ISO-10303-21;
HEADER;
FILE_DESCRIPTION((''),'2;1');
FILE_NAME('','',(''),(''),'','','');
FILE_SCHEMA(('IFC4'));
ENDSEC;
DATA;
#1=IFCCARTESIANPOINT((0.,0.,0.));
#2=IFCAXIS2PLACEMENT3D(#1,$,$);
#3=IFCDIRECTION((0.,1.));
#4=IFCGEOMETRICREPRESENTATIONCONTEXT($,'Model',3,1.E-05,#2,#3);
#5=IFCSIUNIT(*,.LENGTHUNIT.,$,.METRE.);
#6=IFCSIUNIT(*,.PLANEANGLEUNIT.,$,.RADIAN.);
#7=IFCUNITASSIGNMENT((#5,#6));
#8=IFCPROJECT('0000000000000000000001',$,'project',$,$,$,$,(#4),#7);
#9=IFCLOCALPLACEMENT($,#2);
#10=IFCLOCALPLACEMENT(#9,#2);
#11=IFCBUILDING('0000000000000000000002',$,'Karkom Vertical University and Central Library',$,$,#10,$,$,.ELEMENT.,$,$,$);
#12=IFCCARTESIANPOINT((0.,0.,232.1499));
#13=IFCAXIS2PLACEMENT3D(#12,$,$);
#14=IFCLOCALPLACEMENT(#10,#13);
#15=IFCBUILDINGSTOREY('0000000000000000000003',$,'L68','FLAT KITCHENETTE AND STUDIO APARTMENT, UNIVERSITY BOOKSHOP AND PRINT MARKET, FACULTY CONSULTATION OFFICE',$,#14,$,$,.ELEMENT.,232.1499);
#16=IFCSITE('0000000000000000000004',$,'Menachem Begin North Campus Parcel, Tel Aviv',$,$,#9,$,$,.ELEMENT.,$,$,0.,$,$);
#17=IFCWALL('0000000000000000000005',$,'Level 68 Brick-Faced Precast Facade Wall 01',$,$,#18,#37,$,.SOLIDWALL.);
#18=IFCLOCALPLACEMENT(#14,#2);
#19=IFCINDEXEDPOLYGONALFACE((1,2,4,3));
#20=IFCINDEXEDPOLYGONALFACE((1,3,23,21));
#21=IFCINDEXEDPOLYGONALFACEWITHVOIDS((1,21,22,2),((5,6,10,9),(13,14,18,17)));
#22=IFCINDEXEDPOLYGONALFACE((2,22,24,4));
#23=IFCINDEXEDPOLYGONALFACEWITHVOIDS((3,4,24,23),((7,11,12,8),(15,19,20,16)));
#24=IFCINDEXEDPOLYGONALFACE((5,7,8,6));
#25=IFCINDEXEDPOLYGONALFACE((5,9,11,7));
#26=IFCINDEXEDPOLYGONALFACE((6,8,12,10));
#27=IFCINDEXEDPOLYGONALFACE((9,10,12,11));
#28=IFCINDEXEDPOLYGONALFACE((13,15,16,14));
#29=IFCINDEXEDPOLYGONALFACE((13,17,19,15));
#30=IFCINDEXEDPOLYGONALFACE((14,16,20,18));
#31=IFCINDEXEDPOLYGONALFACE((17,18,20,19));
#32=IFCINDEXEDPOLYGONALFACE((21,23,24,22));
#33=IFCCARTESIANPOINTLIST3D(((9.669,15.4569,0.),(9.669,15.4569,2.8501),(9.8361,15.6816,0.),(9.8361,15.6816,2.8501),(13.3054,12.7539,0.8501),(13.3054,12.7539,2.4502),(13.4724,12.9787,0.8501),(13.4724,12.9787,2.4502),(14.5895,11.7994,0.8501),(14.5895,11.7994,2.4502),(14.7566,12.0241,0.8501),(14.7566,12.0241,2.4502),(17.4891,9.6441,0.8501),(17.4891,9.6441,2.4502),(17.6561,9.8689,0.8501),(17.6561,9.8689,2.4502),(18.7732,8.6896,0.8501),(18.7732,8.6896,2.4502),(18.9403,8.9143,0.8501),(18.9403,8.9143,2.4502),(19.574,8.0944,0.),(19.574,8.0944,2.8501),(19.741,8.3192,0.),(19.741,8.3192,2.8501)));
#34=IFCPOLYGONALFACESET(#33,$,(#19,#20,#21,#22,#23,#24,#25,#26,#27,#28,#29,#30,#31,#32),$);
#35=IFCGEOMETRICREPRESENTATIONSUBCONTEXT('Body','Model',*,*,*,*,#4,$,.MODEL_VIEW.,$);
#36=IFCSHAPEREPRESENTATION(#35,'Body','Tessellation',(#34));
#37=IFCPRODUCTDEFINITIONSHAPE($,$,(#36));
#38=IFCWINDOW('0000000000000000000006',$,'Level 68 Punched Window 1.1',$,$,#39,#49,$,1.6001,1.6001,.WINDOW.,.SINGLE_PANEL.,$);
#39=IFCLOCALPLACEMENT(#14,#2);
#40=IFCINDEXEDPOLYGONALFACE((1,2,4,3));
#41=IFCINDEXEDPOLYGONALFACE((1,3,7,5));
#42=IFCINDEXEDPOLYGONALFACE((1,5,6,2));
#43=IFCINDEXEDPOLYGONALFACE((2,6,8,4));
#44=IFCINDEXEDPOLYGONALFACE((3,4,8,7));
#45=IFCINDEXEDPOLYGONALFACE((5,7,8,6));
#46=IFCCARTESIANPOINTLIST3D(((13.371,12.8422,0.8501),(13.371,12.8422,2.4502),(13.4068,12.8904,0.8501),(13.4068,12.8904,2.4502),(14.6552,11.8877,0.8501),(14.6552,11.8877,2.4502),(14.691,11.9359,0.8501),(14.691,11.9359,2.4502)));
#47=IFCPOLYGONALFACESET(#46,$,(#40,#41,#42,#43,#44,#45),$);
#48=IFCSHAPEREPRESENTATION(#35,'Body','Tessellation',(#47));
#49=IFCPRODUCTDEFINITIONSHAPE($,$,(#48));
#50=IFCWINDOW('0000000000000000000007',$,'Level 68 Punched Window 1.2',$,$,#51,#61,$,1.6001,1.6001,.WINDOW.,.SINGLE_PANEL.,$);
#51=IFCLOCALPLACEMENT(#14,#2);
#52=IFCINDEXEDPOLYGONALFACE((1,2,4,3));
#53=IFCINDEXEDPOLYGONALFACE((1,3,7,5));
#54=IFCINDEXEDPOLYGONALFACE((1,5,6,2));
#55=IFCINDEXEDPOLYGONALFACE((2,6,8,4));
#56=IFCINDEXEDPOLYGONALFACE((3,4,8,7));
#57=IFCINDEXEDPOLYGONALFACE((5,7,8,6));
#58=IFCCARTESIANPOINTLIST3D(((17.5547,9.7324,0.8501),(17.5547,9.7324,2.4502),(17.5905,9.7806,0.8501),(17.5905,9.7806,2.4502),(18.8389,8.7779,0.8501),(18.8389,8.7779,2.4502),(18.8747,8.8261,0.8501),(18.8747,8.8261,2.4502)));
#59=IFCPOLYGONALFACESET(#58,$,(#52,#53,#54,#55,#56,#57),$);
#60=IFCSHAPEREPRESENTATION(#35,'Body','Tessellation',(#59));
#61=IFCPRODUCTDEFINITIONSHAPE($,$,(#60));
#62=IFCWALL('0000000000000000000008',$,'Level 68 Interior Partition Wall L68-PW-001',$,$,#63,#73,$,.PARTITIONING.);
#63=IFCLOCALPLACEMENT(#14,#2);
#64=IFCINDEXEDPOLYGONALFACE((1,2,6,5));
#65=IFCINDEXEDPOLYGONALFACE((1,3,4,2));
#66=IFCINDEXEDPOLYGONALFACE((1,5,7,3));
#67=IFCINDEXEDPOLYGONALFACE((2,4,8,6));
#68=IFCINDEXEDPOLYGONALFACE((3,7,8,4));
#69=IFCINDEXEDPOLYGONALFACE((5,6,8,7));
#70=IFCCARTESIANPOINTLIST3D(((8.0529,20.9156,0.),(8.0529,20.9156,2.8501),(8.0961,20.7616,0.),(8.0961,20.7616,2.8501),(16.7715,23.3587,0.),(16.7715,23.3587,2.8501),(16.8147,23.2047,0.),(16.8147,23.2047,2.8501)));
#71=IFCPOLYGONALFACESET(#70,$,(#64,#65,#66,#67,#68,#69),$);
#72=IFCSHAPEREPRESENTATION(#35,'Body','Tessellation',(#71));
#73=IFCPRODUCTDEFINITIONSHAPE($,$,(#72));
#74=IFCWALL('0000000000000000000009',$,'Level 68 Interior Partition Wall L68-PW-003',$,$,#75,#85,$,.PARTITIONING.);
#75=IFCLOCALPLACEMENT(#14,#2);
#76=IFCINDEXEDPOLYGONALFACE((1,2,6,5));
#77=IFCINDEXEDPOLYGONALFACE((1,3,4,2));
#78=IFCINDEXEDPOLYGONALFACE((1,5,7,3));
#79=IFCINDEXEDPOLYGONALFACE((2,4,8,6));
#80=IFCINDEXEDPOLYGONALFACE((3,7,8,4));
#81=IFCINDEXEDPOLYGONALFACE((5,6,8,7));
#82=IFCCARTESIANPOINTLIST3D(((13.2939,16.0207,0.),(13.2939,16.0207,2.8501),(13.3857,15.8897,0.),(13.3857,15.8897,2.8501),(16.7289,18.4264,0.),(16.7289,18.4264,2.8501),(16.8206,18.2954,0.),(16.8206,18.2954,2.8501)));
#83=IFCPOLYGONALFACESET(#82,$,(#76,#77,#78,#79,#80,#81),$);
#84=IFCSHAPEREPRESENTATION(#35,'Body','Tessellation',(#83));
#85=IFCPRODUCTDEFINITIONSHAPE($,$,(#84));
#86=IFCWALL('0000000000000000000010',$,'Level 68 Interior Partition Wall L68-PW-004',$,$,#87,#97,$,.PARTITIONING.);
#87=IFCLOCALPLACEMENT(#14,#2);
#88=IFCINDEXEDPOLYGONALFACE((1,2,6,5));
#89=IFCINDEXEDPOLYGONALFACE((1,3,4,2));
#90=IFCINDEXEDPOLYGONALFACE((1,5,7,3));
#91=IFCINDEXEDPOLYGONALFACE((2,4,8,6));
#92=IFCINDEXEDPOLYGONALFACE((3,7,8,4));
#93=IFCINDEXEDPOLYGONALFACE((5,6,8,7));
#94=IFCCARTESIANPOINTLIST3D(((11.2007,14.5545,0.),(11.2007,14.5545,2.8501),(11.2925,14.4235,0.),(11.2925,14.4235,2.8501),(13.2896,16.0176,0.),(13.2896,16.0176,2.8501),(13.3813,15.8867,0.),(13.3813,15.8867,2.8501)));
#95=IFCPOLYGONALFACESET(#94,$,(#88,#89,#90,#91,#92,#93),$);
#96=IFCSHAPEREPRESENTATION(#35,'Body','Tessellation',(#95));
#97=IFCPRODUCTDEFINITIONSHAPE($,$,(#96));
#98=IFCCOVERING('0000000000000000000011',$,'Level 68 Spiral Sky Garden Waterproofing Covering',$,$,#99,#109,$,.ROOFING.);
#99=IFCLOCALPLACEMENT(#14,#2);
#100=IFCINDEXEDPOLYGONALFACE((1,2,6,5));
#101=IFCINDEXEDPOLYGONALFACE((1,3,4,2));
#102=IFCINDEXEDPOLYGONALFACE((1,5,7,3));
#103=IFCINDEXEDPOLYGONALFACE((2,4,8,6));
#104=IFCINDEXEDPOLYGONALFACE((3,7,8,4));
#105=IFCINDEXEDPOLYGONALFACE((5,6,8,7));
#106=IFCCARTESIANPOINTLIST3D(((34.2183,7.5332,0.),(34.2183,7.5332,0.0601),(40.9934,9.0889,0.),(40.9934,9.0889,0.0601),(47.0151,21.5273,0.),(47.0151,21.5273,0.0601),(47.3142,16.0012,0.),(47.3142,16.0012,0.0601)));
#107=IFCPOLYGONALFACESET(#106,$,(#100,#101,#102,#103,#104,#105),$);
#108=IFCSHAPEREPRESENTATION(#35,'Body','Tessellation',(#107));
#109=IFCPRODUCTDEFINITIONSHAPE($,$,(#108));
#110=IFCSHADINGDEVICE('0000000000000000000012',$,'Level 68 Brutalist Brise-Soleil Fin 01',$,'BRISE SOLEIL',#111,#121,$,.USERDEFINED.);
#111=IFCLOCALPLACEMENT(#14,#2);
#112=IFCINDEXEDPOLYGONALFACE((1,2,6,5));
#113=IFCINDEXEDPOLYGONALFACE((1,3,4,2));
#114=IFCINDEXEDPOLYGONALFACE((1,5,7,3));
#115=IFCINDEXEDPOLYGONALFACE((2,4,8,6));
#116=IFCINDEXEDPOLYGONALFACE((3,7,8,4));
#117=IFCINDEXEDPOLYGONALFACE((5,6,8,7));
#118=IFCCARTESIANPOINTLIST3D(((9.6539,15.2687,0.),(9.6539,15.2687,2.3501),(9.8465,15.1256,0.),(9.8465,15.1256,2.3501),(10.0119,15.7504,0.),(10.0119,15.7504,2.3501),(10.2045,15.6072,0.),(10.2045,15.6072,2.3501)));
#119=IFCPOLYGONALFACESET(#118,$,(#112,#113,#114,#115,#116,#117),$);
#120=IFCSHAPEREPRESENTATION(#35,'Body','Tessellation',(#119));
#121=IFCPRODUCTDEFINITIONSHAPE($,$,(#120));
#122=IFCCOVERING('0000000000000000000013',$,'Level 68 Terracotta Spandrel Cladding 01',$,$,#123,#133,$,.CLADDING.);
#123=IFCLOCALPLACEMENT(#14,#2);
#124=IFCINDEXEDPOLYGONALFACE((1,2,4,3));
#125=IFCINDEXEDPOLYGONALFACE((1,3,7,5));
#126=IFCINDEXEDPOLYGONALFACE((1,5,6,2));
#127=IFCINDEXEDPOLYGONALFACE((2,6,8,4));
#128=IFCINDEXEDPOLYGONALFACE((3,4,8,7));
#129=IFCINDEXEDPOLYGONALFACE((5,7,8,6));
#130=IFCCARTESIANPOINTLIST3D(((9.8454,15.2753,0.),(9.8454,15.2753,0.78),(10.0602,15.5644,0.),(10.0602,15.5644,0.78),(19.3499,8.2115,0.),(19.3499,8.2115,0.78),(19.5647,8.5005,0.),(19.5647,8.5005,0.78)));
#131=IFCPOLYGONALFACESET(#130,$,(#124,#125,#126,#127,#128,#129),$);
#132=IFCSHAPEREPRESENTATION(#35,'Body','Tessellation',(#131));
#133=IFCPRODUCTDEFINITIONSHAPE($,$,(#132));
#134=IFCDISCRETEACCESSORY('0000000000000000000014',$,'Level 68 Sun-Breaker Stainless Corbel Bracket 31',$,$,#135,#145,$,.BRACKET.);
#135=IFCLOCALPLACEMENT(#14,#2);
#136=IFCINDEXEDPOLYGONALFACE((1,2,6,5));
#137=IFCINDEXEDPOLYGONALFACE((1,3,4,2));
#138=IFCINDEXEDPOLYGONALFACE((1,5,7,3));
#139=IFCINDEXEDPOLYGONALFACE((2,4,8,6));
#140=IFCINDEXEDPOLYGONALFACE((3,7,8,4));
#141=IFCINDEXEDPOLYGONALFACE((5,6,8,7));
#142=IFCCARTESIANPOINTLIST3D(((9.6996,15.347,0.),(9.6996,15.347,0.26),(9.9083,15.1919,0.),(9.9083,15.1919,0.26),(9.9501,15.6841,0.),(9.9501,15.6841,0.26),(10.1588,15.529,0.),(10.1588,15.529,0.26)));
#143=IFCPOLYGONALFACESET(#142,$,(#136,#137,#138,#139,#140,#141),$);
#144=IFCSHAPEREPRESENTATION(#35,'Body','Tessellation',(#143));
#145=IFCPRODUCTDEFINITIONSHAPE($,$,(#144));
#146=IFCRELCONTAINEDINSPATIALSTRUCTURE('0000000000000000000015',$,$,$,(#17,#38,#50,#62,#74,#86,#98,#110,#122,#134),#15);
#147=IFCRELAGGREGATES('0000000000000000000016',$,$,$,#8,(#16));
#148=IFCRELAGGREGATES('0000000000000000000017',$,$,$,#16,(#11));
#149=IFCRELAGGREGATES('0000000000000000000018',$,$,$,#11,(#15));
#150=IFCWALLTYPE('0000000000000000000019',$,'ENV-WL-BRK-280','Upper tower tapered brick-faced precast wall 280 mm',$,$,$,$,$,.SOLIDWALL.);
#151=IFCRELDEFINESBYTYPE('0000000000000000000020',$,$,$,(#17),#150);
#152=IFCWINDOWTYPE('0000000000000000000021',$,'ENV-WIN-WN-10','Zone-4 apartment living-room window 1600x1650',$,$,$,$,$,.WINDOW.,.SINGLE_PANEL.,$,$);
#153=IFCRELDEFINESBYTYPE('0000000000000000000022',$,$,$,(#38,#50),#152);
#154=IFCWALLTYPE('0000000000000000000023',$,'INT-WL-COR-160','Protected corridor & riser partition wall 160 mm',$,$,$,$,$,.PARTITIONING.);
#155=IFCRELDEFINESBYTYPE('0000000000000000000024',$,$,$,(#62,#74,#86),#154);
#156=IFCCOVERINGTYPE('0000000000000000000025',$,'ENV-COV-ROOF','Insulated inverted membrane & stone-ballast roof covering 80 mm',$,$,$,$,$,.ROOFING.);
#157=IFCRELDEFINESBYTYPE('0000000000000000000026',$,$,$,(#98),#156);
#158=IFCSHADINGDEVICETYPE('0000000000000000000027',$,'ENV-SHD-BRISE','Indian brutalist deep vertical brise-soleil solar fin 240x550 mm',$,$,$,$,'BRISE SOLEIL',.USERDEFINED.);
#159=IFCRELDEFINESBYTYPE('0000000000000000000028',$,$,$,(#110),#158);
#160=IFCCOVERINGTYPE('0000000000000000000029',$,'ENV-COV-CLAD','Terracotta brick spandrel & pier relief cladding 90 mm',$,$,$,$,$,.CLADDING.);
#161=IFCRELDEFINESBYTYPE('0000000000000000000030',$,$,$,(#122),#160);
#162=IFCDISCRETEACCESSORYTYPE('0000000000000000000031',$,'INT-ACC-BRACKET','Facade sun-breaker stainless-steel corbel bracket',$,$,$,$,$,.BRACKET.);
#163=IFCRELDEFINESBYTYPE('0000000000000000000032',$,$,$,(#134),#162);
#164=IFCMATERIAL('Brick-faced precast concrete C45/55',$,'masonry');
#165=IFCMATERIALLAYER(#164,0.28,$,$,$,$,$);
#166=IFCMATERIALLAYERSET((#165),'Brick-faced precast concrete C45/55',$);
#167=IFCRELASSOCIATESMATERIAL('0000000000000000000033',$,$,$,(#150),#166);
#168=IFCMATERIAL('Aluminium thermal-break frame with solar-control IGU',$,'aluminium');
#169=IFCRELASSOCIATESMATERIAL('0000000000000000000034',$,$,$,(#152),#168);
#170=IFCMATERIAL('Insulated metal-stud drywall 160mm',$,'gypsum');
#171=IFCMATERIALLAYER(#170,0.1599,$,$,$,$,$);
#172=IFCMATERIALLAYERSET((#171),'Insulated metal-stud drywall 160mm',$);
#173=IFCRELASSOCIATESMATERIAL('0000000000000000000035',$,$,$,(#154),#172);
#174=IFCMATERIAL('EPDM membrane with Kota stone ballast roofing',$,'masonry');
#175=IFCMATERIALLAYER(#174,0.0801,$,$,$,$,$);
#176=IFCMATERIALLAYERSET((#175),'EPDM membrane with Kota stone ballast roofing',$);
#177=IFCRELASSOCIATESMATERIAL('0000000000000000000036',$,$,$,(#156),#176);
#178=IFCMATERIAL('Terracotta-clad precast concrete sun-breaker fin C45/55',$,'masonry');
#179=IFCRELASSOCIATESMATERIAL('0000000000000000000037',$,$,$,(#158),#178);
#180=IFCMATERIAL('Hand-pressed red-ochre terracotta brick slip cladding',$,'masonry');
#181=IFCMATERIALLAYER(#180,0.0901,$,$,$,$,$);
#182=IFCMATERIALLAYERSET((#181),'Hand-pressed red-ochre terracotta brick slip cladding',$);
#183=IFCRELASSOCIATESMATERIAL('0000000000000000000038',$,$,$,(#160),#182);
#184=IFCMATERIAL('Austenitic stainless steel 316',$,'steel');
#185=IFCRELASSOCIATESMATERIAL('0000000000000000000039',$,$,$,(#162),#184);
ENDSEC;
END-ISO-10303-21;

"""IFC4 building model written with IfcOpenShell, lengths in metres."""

from ifc_helpers import new_model, si_unit, direction, frame, frame_2d, origin, origin_with_axes, origin_2d, place, context, subcontext, project, spatial, polyline, rectangle, outline, extrude, source, transform, mapped, material, layer, layer_set, type_object, element, fill, save


model = new_model("IFC4")

# Units and contexts
model_context = context("Model", 3, precision=1e-05, world=origin(), true_north=direction((0.0, 1.0)))
body_context = subcontext(model_context, "Body", "Model", "MODEL_VIEW")
ifc_project = project(units=[si_unit("LENGTHUNIT", "METRE"), si_unit("PLANEANGLEUNIT", "RADIAN")], contexts=[model_context])

# Site, building, storey
site_placement = place(None, origin())
site = spatial("IfcSite", under=ifc_project, at=site_placement, Name="Menachem Begin North Campus Parcel, Tel Aviv", CompositionType="ELEMENT", RefElevation=0.0)
building_placement = place(site_placement, origin())
building = spatial("IfcBuilding", under=site, at=building_placement, Name="Karkom Vertical University and Central Library", CompositionType="ELEMENT")
storey_placement = place(building_placement, frame((0.0, 0.0, 232.1499)))
storey = spatial("IfcBuildingStorey", under=building, at=storey_placement, Name="L68", Description="FLAT KITCHENETTE AND STUDIO APARTMENT, UNIVERSITY BOOKSHOP AND PRINT MARKET, FACULTY CONSULTATION OFFICE", CompositionType="ELEMENT", Elevation=232.1499)

# Wall, openings, windows
ifc_material_1 = material(Name="Brick-faced precast concrete C45/55", Category="masonry")
ifc_layer_1 = layer(ifc_material_1, 0.28)
ifc_layer_set_1 = layer_set([ifc_layer_1], Name="Brick-faced precast concrete C45/55")
wall_type_1 = type_object("IfcWallType", Name="ENV-WL-BRK-280", Description="Upper tower tapered brick-faced precast wall 280 mm", PredefinedType="SOLIDWALL", material=ifc_layer_set_1)
wall_1_placement = place(storey_placement, frame((9.7524, 15.5693, 0.0), z_axis=(0.0, 0.0, 1.0), x_axis=(0.802568, -0.59656, 0.0)))
wall_1 = element("IfcWall", 1, at=wall_1_placement, inside=storey, type_object=wall_type_1, Name="Level 68 Brick-Faced Precast Facade Wall 01", PredefinedType="SOLIDWALL", context=body_context, shape_type="SweptSolid", body=[
    extrude(rectangle(XDim=12.3416, YDim=0.28, at=frame_2d((6.1709, 0.0))), origin(), (0.0, 0.0, 1.0), 2.8501),
])
opening_1_placement = place(wall_1_placement, frame((4.531, 0.0, 0.8501)))
opening_1 = element("IfcOpeningElement", 2, at=opening_1_placement, cuts=wall_1, PredefinedType="OPENING", context=body_context, shape_type="SweptSolid", body=[
    extrude(rectangle(XDim=1.6001, YDim=1.6001, at=frame_2d((0.8, 0.8))), frame((0.0, 0.1499, 0.0), z_axis=(0.0, -1.0, 0.0), x_axis=(1.0, 0.0, 0.0)), (0.0, 0.0, 1.0), 0.3),
])
opening_2_placement = place(wall_1_placement, frame((9.7439, 0.0, 0.8501)))
opening_2 = element("IfcOpeningElement", 3, at=opening_2_placement, cuts=wall_1, PredefinedType="OPENING", context=body_context, shape_type="SweptSolid", body=[
    extrude(rectangle(XDim=1.6001, YDim=1.6001, at=frame_2d((0.8, 0.8))), frame((0.0, 0.1499, 0.0), z_axis=(0.0, -1.0, 0.0), x_axis=(1.0, 0.0, 0.0)), (0.0, 0.0, 1.0), 0.3),
])
ifc_material_2 = material(Name="Aluminium thermal-break frame with solar-control IGU", Category="aluminium")
window_type = type_object("IfcWindowType", Name="ENV-WIN-WN-10", Description="Zone-4 apartment living-room window 1600x1650", PartitioningType="SINGLE_PANEL", PredefinedType="WINDOW", material=ifc_material_2)
shared_shape_1 = source(origin_with_axes(), body_context, "Body", "SweptSolid", [
    extrude(rectangle(XDim=1.6001, YDim=1.6001, at=frame_2d((0.8, 0.8))), frame((0.0, 0.03, 0.0), z_axis=(0.0, -1.0, 0.0), x_axis=(1.0, 0.0, 0.0)), (0.0, 0.0, 1.0), 0.0601),
])
window_1_placement = place(opening_1_placement, origin())
window_1 = element("IfcWindow", 4, at=window_1_placement, inside=storey, type_object=window_type, Name="Level 68 Punched Window 1.1", OverallHeight=1.6001, OverallWidth=1.6001, PartitioningType="SINGLE_PANEL", PredefinedType="WINDOW", context=body_context, shape_type="MappedRepresentation", body=[
    mapped(shared_shape_1, transform((0.0, 0.0, 0.0), scale=1.0)),
])
fill(opening_1, window_1)
window_2_placement = place(opening_2_placement, origin())
window_2 = element("IfcWindow", 5, at=window_2_placement, inside=storey, type_object=window_type, Name="Level 68 Punched Window 1.2", OverallHeight=1.6001, OverallWidth=1.6001, PartitioningType="SINGLE_PANEL", PredefinedType="WINDOW", context=body_context, shape_type="MappedRepresentation", body=[
    mapped(shared_shape_1, transform((0.0, 0.0, 0.0), scale=1.0)),
])
fill(opening_2, window_2)

# Shared definitions
ifc_material_3 = material(Name="Insulated metal-stud drywall 160mm", Category="gypsum")
ifc_layer_2 = layer(ifc_material_3, 0.1599)
ifc_layer_set_2 = layer_set([ifc_layer_2], Name="Insulated metal-stud drywall 160mm")
wall_type_2 = type_object("IfcWallType", Name="INT-WL-COR-160", Description="Protected corridor & riser partition wall 160 mm", PredefinedType="PARTITIONING", material=ifc_layer_set_2)

# Walls
wall_2_placement = place(storey_placement, frame((16.7932, 23.2817, 0.0), z_axis=(0.0, 0.0, 1.0), x_axis=(-0.962909, -0.269828, 0.0)))
element("IfcWall", 6, at=wall_2_placement, inside=storey, type_object=wall_type_2, Name="Level 68 Interior Partition Wall L68-PW-001", PredefinedType="PARTITIONING", context=body_context, shape_type="SweptSolid", body=[
    extrude(rectangle(XDim=9.0544, YDim=0.1599, at=frame_2d((4.5273, 0.0))), origin(), (0.0, 0.0, 1.0), 2.8501),
])
wall_3_placement = place(storey_placement, frame((16.7747, 18.3608, 0.0), z_axis=(0.0, 0.0, 1.0), x_axis=(-0.819095, -0.573658, 0.0)))
element("IfcWall", 7, at=wall_3_placement, inside=storey, type_object=wall_type_2, Name="Level 68 Interior Partition Wall L68-PW-003", PredefinedType="PARTITIONING", context=body_context, shape_type="SweptSolid", body=[
    extrude(rectangle(XDim=4.1936, YDim=0.1599, at=frame_2d((2.0967, 0.0))), origin(), (0.0, 0.0, 1.0), 2.8501),
])
wall_4_placement = place(storey_placement, frame((13.3354, 15.9521, 0.0), z_axis=(0.0, 0.0, 1.0), x_axis=(-0.819061, -0.573706, 0.0)))
element("IfcWall", 8, at=wall_4_placement, inside=storey, type_object=wall_type_2, Name="Level 68 Interior Partition Wall L68-PW-004", PredefinedType="PARTITIONING", context=body_context, shape_type="SweptSolid", body=[
    extrude(rectangle(XDim=2.5503, YDim=0.1599, at=frame_2d((1.2751, 0.0))), origin(), (0.0, 0.0, 1.0), 2.8501),
])

# Covering
ifc_material_4 = material(Name="EPDM membrane with Kota stone ballast roofing", Category="masonry")
ifc_layer_3 = layer(ifc_material_4, 0.0801)
ifc_layer_set_3 = layer_set([ifc_layer_3], Name="EPDM membrane with Kota stone ballast roofing")
covering_type_1 = type_object("IfcCoveringType", Name="ENV-COV-ROOF", Description="Insulated inverted membrane & stone-ballast roof covering 80 mm", PredefinedType="ROOFING", material=ifc_layer_set_3)
covering_1_placement = place(storey_placement, origin())
element("IfcCovering", 9, at=covering_1_placement, inside=storey, type_object=covering_type_1, Name="Level 68 Spiral Sky Garden Waterproofing Covering", PredefinedType="ROOFING", context=body_context, shape_type="SweptSolid", body=[
    extrude(outline(polyline([(34.2183, 7.5332), (40.9934, 9.0889), (47.3142, 16.0012), (47.0151, 21.5273), (34.2183, 7.5332)])), origin(), (0.0, 0.0, 1.0), 0.0601),
])

# Shading device
ifc_material_5 = material(Name="Terracotta-clad precast concrete sun-breaker fin C45/55", Category="masonry")
shading_device_type = type_object("IfcShadingDeviceType", Name="ENV-SHD-BRISE", Description="Indian brutalist deep vertical brise-soleil solar fin 240x550 mm", ElementType="BRISE SOLEIL", PredefinedType="USERDEFINED", material=ifc_material_5)
shared_shape_2 = source(origin_with_axes(), body_context, "Body", "SweptSolid", [
    extrude(rectangle(XDim=0.24, YDim=0.6001, at=origin_2d()), origin(), (0.0, 0.0, 1.0), 2.3501),
])
shading_device_placement = place(storey_placement, frame((9.9292, 15.438, 0.0), z_axis=(0.0, 0.0, 1.0), x_axis=(0.802609, -0.596505, 0.0)))
element("IfcShadingDevice", 10, at=shading_device_placement, inside=storey, type_object=shading_device_type, Name="Level 68 Brutalist Brise-Soleil Fin 01", ObjectType="BRISE SOLEIL", PredefinedType="USERDEFINED", context=body_context, shape_type="MappedRepresentation", body=[
    mapped(shared_shape_2, transform((0.0, 0.0, 0.0), scale=1.0)),
])

# Covering
ifc_material_6 = material(Name="Hand-pressed red-ochre terracotta brick slip cladding", Category="masonry")
ifc_layer_4 = layer(ifc_material_6, 0.0901)
ifc_layer_set_4 = layer_set([ifc_layer_4], Name="Hand-pressed red-ochre terracotta brick slip cladding")
covering_type_2 = type_object("IfcCoveringType", Name="ENV-COV-CLAD", Description="Terracotta brick spandrel & pier relief cladding 90 mm", PredefinedType="CLADDING", material=ifc_layer_set_4)
shared_shape_3 = source(origin_with_axes(), body_context, "Body", "SweptSolid", [
    extrude(rectangle(XDim=11.842, YDim=0.3601, at=origin_2d()), origin(), (0.0, 0.0, 1.0), 0.78),
])
covering_2_placement = place(storey_placement, frame((14.7051, 11.8879, 0.0), z_axis=(0.0, 0.0, 1.0), x_axis=(0.802609, -0.596505, 0.0)))
element("IfcCovering", 11, at=covering_2_placement, inside=storey, type_object=covering_type_2, Name="Level 68 Terracotta Spandrel Cladding 01", PredefinedType="CLADDING", context=body_context, shape_type="MappedRepresentation", body=[
    mapped(shared_shape_3, transform((0.0, 0.0, 0.0), scale=1.0)),
])

# Discrete accessory
ifc_material_7 = material(Name="Austenitic stainless steel 316", Category="steel")
discrete_accessory_type = type_object("IfcDiscreteAccessoryType", Name="INT-ACC-BRACKET", Description="Facade sun-breaker stainless-steel corbel bracket", PredefinedType="BRACKET", material=ifc_material_7)
shared_shape_4 = source(origin_with_axes(), body_context, "Body", "SweptSolid", [
    extrude(rectangle(XDim=0.26, YDim=0.4199, at=origin_2d()), origin(), (0.0, 0.0, 1.0), 0.26),
])
discrete_accessory_placement = place(storey_placement, frame((9.9292, 15.438, 0.0), z_axis=(0.0, 0.0, 1.0), x_axis=(0.802609, -0.596505, 0.0)))
element("IfcDiscreteAccessory", 12, at=discrete_accessory_placement, inside=storey, type_object=discrete_accessory_type, Name="Level 68 Sun-Breaker Stainless Corbel Bracket 31", PredefinedType="BRACKET", context=body_context, shape_type="MappedRepresentation", body=[
    mapped(shared_shape_4, transform((0.0, 0.0, 0.0), scale=1.0)),
])

save(model, "model.ifc")
